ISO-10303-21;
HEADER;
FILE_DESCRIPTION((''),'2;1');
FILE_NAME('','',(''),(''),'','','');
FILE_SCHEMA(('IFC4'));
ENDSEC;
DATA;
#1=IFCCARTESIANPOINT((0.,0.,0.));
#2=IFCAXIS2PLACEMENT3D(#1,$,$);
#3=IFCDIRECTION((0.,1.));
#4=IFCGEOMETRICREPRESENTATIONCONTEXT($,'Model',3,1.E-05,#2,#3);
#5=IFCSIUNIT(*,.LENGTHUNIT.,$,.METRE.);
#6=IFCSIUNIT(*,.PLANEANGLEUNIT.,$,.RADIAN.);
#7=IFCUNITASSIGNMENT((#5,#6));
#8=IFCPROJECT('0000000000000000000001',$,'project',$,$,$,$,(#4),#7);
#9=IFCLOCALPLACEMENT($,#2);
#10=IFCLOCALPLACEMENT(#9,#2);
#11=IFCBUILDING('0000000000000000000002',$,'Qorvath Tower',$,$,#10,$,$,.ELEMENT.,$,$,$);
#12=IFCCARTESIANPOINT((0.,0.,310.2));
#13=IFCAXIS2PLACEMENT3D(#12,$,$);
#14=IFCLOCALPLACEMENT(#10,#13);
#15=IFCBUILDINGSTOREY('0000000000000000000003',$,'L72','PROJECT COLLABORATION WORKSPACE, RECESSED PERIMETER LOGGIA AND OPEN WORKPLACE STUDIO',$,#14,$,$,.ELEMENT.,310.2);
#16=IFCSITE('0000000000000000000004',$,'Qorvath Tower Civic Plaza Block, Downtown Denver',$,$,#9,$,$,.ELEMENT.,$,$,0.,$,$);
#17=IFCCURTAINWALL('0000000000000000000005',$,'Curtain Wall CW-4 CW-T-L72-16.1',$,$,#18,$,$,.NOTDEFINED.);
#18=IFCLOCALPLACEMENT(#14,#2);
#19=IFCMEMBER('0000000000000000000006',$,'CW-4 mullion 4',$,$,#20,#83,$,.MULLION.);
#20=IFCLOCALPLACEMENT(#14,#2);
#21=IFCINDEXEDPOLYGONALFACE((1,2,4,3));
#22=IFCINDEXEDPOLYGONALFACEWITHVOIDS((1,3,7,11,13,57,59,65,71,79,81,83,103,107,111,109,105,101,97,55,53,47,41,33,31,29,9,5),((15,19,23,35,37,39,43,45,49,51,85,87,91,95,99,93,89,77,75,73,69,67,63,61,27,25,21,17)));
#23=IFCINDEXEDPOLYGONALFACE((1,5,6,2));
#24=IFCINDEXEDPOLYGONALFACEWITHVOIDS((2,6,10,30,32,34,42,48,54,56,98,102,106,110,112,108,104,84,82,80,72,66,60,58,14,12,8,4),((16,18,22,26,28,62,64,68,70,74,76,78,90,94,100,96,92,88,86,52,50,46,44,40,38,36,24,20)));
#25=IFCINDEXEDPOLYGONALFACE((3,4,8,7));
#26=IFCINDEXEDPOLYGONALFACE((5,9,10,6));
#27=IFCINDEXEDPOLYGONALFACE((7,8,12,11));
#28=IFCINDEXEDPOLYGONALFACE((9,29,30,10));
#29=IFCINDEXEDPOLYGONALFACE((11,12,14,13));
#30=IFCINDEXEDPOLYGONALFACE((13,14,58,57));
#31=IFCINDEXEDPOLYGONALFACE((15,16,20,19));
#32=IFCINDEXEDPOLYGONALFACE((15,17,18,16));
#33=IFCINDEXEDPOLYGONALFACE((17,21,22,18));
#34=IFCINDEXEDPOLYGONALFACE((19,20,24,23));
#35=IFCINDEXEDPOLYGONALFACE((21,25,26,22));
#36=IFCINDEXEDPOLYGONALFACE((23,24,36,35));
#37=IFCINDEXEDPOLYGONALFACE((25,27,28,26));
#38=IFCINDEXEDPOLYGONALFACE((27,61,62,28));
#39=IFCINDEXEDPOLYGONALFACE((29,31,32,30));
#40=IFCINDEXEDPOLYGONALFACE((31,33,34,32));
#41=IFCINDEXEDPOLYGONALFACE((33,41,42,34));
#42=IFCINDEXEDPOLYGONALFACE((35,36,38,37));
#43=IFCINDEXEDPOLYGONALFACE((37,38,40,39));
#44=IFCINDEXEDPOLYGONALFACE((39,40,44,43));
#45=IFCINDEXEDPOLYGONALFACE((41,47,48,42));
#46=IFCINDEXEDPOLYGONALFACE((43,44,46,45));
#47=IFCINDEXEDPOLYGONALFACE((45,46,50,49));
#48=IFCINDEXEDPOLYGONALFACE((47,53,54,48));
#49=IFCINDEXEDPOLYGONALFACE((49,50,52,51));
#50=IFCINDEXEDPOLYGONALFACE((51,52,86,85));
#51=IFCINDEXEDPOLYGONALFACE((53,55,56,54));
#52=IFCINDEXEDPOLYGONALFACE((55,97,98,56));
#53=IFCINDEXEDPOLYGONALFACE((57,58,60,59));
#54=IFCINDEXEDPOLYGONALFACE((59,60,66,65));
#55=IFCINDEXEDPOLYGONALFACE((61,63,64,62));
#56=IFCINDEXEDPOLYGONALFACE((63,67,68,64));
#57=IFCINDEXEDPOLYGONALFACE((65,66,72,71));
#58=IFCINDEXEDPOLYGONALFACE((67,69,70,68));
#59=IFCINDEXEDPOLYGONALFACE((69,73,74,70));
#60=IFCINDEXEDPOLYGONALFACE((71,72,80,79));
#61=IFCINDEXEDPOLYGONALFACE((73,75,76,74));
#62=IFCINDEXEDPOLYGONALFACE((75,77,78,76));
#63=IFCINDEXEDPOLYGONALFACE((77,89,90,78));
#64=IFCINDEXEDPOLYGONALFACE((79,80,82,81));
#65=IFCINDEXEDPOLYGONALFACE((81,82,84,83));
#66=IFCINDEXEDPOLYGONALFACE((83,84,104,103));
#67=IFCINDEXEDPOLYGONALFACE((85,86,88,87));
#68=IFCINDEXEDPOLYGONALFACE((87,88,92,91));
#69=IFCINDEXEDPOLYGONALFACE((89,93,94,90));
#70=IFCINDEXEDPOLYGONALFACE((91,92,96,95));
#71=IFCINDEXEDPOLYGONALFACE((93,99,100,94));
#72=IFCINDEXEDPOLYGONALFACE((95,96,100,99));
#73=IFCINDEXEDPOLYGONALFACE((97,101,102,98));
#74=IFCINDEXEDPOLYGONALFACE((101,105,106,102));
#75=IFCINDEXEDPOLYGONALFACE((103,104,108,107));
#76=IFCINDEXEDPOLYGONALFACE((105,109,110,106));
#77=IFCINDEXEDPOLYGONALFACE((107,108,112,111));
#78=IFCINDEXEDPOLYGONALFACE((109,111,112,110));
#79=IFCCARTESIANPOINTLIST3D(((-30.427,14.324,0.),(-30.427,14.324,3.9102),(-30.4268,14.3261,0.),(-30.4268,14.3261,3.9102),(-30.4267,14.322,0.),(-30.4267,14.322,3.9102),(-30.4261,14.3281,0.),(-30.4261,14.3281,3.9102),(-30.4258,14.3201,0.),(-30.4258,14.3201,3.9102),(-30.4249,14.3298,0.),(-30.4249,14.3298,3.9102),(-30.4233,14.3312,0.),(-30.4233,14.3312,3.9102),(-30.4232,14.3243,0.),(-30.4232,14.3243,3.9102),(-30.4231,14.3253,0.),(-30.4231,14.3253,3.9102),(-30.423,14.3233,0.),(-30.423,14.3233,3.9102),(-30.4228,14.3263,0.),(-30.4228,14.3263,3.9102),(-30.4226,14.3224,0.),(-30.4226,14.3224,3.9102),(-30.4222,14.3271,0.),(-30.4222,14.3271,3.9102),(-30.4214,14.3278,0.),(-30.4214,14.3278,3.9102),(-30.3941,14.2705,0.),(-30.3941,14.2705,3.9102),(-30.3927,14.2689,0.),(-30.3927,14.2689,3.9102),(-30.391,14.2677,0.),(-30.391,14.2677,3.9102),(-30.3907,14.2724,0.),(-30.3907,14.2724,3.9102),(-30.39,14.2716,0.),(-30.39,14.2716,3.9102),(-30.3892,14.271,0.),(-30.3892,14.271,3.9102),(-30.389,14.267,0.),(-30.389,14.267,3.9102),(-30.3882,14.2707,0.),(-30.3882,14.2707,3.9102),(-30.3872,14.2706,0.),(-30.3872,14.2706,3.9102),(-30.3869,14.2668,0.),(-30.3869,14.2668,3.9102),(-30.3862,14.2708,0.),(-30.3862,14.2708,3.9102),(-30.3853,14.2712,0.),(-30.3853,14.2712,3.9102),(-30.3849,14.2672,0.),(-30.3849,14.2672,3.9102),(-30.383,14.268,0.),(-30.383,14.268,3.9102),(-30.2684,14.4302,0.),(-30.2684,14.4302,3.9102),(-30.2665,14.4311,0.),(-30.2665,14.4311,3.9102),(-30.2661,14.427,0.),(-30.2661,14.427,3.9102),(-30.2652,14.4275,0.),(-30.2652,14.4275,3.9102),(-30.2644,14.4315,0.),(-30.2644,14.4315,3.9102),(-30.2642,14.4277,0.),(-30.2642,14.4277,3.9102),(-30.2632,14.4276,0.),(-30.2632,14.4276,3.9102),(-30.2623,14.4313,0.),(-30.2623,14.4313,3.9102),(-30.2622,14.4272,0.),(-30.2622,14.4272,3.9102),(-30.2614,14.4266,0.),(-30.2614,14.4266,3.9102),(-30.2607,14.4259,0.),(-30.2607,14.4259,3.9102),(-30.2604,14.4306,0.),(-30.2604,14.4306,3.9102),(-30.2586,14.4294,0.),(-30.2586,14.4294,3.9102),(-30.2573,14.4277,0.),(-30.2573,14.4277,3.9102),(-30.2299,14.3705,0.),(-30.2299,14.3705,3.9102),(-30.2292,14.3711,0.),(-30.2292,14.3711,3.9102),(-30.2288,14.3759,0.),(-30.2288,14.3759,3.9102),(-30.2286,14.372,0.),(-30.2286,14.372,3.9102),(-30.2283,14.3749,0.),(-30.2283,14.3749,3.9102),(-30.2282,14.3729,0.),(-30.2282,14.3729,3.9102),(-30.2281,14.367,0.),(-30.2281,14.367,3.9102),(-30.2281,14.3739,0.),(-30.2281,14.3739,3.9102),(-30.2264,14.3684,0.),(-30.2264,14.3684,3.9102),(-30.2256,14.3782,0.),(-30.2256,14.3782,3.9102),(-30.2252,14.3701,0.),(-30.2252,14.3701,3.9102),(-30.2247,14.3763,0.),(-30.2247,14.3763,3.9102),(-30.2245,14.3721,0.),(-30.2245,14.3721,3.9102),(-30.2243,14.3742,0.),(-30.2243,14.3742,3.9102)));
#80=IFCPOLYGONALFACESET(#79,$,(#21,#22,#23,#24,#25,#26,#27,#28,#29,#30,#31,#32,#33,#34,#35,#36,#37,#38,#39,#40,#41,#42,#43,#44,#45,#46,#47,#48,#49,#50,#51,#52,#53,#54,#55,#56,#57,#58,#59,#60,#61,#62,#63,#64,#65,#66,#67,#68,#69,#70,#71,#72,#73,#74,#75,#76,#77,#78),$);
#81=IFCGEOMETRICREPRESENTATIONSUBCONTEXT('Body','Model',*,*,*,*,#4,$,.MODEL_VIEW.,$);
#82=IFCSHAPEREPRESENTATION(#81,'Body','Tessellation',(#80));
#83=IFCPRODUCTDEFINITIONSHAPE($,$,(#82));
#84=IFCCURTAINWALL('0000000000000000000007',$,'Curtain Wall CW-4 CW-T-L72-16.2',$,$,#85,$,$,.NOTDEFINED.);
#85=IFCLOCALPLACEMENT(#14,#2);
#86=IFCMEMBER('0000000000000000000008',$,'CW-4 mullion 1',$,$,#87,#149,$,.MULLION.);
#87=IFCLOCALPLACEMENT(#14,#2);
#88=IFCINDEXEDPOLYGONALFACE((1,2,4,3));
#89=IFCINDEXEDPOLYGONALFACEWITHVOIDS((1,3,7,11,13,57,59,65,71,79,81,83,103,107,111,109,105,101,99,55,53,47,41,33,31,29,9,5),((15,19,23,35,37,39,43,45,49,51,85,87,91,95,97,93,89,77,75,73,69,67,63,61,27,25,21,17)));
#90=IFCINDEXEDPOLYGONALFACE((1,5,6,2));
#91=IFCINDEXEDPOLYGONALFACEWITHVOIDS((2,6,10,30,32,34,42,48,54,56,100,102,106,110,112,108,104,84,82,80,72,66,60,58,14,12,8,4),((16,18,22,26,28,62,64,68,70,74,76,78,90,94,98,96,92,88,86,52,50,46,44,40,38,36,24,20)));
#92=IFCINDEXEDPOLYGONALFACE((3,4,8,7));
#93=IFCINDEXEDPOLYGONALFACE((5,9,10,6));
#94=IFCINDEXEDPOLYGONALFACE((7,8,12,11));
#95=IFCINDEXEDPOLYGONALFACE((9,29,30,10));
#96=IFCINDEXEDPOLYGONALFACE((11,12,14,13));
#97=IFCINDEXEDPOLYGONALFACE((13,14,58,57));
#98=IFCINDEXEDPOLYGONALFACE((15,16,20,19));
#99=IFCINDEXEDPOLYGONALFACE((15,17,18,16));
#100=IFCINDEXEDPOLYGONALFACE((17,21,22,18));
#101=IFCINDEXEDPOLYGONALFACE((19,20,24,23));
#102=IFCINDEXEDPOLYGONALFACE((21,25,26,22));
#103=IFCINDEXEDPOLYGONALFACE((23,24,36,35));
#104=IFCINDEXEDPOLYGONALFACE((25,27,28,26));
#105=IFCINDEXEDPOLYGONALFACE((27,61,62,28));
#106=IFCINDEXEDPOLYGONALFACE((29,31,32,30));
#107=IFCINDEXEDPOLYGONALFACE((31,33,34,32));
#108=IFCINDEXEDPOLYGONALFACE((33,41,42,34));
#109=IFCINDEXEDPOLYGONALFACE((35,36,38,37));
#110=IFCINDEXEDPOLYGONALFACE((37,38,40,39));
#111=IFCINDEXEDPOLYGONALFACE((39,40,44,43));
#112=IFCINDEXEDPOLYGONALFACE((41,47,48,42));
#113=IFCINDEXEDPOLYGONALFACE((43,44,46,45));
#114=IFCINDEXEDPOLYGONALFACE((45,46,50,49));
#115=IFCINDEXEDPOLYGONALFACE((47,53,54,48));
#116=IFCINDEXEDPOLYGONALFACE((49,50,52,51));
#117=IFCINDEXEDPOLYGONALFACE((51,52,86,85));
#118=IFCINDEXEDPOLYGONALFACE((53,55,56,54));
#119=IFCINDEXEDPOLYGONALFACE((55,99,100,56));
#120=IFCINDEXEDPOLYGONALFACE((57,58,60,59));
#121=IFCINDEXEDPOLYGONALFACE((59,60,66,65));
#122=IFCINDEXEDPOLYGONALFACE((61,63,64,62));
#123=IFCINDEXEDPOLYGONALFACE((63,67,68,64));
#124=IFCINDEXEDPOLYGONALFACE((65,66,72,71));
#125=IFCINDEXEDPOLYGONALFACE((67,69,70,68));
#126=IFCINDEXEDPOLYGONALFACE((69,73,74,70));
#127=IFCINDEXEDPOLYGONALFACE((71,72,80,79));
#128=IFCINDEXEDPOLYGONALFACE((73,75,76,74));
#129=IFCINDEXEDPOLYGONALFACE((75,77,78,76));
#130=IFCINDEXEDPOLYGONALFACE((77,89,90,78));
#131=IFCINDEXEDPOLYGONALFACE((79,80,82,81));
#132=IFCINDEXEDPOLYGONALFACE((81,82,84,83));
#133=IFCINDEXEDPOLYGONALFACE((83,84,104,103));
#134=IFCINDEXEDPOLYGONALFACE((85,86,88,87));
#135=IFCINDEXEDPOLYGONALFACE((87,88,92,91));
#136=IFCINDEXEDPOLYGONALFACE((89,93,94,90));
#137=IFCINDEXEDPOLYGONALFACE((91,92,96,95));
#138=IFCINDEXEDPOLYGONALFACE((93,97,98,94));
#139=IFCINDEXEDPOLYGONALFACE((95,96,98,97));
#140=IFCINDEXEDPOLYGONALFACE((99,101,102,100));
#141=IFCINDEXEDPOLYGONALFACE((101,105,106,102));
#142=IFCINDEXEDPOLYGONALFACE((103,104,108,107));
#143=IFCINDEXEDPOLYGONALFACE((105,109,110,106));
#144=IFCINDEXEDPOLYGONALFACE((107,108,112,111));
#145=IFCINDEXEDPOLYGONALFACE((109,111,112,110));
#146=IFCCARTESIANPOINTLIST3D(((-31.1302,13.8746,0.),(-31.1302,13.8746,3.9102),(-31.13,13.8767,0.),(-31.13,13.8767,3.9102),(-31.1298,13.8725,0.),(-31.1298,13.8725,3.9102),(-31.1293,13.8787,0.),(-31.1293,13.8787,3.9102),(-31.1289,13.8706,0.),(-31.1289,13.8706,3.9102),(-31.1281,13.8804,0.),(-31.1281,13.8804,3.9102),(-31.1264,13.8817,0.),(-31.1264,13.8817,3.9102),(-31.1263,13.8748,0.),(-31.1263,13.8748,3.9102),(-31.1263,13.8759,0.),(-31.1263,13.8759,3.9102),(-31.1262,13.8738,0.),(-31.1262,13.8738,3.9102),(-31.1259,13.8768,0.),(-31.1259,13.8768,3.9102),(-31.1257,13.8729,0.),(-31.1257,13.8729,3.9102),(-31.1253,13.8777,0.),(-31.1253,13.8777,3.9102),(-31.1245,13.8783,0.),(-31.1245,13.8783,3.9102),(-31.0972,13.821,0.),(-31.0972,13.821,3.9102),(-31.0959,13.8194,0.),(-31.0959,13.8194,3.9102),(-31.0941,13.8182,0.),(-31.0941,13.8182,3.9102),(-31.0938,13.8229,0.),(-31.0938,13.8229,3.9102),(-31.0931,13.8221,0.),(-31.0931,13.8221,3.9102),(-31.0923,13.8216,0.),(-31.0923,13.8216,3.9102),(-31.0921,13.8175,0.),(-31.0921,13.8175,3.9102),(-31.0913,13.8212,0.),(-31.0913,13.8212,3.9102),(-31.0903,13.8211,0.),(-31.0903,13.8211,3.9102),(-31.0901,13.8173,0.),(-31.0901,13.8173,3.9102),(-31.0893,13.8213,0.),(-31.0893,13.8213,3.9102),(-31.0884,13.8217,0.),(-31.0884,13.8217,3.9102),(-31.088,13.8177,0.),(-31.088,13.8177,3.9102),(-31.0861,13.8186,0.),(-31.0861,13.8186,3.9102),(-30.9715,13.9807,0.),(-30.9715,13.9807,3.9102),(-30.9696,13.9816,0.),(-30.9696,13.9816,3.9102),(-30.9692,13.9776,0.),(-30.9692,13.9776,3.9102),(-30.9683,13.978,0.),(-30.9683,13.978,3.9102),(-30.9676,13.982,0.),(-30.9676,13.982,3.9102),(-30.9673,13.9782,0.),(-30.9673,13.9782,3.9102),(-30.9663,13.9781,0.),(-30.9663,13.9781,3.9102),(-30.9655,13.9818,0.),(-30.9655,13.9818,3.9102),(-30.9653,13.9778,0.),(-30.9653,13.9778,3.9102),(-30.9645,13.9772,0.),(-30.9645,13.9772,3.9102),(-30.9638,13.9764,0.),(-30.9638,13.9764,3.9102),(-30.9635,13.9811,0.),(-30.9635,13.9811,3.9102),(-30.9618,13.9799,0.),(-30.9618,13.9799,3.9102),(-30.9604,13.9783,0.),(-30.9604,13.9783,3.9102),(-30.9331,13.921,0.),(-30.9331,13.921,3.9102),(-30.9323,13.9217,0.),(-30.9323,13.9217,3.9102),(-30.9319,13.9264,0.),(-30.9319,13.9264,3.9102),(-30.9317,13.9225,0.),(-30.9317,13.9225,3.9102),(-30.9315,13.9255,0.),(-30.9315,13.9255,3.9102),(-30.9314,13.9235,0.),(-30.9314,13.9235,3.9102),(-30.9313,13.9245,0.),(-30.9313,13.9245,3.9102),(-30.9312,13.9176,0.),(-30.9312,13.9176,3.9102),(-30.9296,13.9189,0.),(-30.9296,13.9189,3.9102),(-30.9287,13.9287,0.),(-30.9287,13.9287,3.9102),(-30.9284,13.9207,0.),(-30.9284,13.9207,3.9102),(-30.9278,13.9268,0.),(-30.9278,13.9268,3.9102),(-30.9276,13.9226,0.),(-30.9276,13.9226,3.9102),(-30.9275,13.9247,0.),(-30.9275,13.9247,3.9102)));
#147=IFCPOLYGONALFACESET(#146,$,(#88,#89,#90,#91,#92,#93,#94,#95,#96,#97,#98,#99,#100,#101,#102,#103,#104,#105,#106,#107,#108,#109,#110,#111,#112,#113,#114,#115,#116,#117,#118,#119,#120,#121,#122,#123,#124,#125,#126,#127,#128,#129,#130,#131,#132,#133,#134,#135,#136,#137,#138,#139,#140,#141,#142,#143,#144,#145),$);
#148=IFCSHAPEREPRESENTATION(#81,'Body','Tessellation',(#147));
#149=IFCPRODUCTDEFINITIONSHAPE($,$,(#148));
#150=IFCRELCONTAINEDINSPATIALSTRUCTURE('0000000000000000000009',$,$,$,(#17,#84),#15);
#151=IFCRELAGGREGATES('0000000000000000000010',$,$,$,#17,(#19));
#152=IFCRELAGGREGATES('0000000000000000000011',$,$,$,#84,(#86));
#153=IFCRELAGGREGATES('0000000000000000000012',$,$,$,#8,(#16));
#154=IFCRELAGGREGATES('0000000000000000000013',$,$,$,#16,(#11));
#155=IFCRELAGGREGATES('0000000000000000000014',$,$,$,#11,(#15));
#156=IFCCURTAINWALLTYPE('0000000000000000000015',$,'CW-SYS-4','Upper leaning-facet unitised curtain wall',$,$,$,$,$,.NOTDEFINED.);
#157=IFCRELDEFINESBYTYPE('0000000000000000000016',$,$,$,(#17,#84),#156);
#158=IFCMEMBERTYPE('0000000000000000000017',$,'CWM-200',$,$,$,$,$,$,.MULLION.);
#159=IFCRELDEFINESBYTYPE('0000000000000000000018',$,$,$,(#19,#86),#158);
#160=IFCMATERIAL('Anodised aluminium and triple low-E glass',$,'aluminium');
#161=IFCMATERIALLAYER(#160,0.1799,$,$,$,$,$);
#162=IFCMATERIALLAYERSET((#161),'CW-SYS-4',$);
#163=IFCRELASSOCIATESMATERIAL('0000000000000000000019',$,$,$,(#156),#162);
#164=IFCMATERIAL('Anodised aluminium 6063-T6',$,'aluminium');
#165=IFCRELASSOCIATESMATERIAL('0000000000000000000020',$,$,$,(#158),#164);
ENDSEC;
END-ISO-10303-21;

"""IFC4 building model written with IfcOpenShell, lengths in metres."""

from ifc_helpers import new_model, si_unit, direction, frame, origin, origin_2d, place, context, subcontext, project, spatial, hollow_rectangle, extrude, material, layer, layer_set, material_profile, profile_set, type_object, element, aggregate, save


model = new_model("IFC4")

# Units and contexts
model_context = context("Model", 3, precision=1e-05, world=origin(), true_north=direction((0.0, 1.0)))
body_context = subcontext(model_context, "Body", "Model", "MODEL_VIEW")
ifc_project = project(units=[si_unit("LENGTHUNIT", "METRE"), si_unit("PLANEANGLEUNIT", "RADIAN")], contexts=[model_context])

# Site, building, storey
site_placement = place(None, origin())
site = spatial("IfcSite", under=ifc_project, at=site_placement, Name="Qorvath Tower Civic Plaza Block, Downtown Denver", CompositionType="ELEMENT", RefElevation=0.0)
building_placement = place(site_placement, origin())
building = spatial("IfcBuilding", under=site, at=building_placement, Name="Qorvath Tower", CompositionType="ELEMENT")
storey_placement = place(building_placement, frame((0.0, 0.0, 310.2)))
storey = spatial("IfcBuildingStorey", under=building, at=storey_placement, Name="L72", Description="PROJECT COLLABORATION WORKSPACE, RECESSED PERIMETER LOGGIA AND OPEN WORKPLACE STUDIO", CompositionType="ELEMENT", Elevation=310.2)

# Curtain wall, member
ifc_material_1 = material(Name="Anodised aluminium and triple low-E glass", Category="aluminium")
ifc_layer_1 = layer(ifc_material_1, 0.1799)
ifc_layer_set_1 = layer_set([ifc_layer_1], Name="CW-SYS-4")
curtain_wall_type = type_object("IfcCurtainWallType", Name="CW-SYS-4", Description="Upper leaning-facet unitised curtain wall", PredefinedType="NOTDEFINED", material=ifc_layer_set_1)
curtain_wall_1_placement = place(storey_placement, origin())
curtain_wall_1 = element("IfcCurtainWall", 1, at=curtain_wall_1_placement, inside=storey, type_object=curtain_wall_type, Name="Curtain Wall CW-4 CW-T-L72-16.1", PredefinedType="NOTDEFINED")
ifc_material_2 = material(Name="Anodised aluminium 6063-T6", Category="aluminium")
ifc_material_profile_1 = material_profile(ifc_material_2, hollow_rectangle(XDim=0.075, YDim=0.2, WallThickness=0.0039, InnerFilletRadius=0.0039, OuterFilletRadius=0.0081, at=origin_2d()), Name="CWM 200x75")
ifc_profile_set_1 = profile_set([ifc_material_profile_1], Name="Anodised aluminium 6063-T6")
member_type_1 = type_object("IfcMemberType", Name="CWM-200", PredefinedType="MULLION", material=ifc_profile_set_1)
member_1_placement = place(storey_placement, frame((-30.3257, 14.3491, 0.0), z_axis=(0.0, 0.0, 1.0), x_axis=(0.538531, -0.842605, 0.0)))
member_1 = element("IfcMember", 2, at=member_1_placement, type_object=member_type_1, Name="CW-4 mullion 4", PredefinedType="MULLION", context=body_context, shape_type="SweptSolid", body=[
    extrude(hollow_rectangle(XDim=0.075, YDim=0.2, WallThickness=0.0039, InnerFilletRadius=0.0039, OuterFilletRadius=0.0081, at=origin_2d()), origin(), (0.0, 0.0, 1.0), 3.9102),
])
aggregate(curtain_wall_1, [member_1])

# Curtain wall, member
curtain_wall_2_placement = place(storey_placement, origin())
curtain_wall_2 = element("IfcCurtainWall", 3, at=curtain_wall_2_placement, inside=storey, type_object=curtain_wall_type, Name="Curtain Wall CW-4 CW-T-L72-16.2", PredefinedType="NOTDEFINED")
member_2_placement = place(storey_placement, frame((-31.0288, 13.8997, 0.0), z_axis=(0.0, 0.0, 1.0), x_axis=(0.538538, -0.842601, 0.0)))
member_2 = element("IfcMember", 4, at=member_2_placement, type_object=member_type_1, Name="CW-4 mullion 1", PredefinedType="MULLION", context=body_context, shape_type="SweptSolid", body=[
    extrude(hollow_rectangle(XDim=0.075, YDim=0.2, WallThickness=0.0039, InnerFilletRadius=0.0039, OuterFilletRadius=0.0081, at=origin_2d()), origin(), (0.0, 0.0, 1.0), 3.9102),
])
aggregate(curtain_wall_2, [member_2])

save(model, "model.ifc")
